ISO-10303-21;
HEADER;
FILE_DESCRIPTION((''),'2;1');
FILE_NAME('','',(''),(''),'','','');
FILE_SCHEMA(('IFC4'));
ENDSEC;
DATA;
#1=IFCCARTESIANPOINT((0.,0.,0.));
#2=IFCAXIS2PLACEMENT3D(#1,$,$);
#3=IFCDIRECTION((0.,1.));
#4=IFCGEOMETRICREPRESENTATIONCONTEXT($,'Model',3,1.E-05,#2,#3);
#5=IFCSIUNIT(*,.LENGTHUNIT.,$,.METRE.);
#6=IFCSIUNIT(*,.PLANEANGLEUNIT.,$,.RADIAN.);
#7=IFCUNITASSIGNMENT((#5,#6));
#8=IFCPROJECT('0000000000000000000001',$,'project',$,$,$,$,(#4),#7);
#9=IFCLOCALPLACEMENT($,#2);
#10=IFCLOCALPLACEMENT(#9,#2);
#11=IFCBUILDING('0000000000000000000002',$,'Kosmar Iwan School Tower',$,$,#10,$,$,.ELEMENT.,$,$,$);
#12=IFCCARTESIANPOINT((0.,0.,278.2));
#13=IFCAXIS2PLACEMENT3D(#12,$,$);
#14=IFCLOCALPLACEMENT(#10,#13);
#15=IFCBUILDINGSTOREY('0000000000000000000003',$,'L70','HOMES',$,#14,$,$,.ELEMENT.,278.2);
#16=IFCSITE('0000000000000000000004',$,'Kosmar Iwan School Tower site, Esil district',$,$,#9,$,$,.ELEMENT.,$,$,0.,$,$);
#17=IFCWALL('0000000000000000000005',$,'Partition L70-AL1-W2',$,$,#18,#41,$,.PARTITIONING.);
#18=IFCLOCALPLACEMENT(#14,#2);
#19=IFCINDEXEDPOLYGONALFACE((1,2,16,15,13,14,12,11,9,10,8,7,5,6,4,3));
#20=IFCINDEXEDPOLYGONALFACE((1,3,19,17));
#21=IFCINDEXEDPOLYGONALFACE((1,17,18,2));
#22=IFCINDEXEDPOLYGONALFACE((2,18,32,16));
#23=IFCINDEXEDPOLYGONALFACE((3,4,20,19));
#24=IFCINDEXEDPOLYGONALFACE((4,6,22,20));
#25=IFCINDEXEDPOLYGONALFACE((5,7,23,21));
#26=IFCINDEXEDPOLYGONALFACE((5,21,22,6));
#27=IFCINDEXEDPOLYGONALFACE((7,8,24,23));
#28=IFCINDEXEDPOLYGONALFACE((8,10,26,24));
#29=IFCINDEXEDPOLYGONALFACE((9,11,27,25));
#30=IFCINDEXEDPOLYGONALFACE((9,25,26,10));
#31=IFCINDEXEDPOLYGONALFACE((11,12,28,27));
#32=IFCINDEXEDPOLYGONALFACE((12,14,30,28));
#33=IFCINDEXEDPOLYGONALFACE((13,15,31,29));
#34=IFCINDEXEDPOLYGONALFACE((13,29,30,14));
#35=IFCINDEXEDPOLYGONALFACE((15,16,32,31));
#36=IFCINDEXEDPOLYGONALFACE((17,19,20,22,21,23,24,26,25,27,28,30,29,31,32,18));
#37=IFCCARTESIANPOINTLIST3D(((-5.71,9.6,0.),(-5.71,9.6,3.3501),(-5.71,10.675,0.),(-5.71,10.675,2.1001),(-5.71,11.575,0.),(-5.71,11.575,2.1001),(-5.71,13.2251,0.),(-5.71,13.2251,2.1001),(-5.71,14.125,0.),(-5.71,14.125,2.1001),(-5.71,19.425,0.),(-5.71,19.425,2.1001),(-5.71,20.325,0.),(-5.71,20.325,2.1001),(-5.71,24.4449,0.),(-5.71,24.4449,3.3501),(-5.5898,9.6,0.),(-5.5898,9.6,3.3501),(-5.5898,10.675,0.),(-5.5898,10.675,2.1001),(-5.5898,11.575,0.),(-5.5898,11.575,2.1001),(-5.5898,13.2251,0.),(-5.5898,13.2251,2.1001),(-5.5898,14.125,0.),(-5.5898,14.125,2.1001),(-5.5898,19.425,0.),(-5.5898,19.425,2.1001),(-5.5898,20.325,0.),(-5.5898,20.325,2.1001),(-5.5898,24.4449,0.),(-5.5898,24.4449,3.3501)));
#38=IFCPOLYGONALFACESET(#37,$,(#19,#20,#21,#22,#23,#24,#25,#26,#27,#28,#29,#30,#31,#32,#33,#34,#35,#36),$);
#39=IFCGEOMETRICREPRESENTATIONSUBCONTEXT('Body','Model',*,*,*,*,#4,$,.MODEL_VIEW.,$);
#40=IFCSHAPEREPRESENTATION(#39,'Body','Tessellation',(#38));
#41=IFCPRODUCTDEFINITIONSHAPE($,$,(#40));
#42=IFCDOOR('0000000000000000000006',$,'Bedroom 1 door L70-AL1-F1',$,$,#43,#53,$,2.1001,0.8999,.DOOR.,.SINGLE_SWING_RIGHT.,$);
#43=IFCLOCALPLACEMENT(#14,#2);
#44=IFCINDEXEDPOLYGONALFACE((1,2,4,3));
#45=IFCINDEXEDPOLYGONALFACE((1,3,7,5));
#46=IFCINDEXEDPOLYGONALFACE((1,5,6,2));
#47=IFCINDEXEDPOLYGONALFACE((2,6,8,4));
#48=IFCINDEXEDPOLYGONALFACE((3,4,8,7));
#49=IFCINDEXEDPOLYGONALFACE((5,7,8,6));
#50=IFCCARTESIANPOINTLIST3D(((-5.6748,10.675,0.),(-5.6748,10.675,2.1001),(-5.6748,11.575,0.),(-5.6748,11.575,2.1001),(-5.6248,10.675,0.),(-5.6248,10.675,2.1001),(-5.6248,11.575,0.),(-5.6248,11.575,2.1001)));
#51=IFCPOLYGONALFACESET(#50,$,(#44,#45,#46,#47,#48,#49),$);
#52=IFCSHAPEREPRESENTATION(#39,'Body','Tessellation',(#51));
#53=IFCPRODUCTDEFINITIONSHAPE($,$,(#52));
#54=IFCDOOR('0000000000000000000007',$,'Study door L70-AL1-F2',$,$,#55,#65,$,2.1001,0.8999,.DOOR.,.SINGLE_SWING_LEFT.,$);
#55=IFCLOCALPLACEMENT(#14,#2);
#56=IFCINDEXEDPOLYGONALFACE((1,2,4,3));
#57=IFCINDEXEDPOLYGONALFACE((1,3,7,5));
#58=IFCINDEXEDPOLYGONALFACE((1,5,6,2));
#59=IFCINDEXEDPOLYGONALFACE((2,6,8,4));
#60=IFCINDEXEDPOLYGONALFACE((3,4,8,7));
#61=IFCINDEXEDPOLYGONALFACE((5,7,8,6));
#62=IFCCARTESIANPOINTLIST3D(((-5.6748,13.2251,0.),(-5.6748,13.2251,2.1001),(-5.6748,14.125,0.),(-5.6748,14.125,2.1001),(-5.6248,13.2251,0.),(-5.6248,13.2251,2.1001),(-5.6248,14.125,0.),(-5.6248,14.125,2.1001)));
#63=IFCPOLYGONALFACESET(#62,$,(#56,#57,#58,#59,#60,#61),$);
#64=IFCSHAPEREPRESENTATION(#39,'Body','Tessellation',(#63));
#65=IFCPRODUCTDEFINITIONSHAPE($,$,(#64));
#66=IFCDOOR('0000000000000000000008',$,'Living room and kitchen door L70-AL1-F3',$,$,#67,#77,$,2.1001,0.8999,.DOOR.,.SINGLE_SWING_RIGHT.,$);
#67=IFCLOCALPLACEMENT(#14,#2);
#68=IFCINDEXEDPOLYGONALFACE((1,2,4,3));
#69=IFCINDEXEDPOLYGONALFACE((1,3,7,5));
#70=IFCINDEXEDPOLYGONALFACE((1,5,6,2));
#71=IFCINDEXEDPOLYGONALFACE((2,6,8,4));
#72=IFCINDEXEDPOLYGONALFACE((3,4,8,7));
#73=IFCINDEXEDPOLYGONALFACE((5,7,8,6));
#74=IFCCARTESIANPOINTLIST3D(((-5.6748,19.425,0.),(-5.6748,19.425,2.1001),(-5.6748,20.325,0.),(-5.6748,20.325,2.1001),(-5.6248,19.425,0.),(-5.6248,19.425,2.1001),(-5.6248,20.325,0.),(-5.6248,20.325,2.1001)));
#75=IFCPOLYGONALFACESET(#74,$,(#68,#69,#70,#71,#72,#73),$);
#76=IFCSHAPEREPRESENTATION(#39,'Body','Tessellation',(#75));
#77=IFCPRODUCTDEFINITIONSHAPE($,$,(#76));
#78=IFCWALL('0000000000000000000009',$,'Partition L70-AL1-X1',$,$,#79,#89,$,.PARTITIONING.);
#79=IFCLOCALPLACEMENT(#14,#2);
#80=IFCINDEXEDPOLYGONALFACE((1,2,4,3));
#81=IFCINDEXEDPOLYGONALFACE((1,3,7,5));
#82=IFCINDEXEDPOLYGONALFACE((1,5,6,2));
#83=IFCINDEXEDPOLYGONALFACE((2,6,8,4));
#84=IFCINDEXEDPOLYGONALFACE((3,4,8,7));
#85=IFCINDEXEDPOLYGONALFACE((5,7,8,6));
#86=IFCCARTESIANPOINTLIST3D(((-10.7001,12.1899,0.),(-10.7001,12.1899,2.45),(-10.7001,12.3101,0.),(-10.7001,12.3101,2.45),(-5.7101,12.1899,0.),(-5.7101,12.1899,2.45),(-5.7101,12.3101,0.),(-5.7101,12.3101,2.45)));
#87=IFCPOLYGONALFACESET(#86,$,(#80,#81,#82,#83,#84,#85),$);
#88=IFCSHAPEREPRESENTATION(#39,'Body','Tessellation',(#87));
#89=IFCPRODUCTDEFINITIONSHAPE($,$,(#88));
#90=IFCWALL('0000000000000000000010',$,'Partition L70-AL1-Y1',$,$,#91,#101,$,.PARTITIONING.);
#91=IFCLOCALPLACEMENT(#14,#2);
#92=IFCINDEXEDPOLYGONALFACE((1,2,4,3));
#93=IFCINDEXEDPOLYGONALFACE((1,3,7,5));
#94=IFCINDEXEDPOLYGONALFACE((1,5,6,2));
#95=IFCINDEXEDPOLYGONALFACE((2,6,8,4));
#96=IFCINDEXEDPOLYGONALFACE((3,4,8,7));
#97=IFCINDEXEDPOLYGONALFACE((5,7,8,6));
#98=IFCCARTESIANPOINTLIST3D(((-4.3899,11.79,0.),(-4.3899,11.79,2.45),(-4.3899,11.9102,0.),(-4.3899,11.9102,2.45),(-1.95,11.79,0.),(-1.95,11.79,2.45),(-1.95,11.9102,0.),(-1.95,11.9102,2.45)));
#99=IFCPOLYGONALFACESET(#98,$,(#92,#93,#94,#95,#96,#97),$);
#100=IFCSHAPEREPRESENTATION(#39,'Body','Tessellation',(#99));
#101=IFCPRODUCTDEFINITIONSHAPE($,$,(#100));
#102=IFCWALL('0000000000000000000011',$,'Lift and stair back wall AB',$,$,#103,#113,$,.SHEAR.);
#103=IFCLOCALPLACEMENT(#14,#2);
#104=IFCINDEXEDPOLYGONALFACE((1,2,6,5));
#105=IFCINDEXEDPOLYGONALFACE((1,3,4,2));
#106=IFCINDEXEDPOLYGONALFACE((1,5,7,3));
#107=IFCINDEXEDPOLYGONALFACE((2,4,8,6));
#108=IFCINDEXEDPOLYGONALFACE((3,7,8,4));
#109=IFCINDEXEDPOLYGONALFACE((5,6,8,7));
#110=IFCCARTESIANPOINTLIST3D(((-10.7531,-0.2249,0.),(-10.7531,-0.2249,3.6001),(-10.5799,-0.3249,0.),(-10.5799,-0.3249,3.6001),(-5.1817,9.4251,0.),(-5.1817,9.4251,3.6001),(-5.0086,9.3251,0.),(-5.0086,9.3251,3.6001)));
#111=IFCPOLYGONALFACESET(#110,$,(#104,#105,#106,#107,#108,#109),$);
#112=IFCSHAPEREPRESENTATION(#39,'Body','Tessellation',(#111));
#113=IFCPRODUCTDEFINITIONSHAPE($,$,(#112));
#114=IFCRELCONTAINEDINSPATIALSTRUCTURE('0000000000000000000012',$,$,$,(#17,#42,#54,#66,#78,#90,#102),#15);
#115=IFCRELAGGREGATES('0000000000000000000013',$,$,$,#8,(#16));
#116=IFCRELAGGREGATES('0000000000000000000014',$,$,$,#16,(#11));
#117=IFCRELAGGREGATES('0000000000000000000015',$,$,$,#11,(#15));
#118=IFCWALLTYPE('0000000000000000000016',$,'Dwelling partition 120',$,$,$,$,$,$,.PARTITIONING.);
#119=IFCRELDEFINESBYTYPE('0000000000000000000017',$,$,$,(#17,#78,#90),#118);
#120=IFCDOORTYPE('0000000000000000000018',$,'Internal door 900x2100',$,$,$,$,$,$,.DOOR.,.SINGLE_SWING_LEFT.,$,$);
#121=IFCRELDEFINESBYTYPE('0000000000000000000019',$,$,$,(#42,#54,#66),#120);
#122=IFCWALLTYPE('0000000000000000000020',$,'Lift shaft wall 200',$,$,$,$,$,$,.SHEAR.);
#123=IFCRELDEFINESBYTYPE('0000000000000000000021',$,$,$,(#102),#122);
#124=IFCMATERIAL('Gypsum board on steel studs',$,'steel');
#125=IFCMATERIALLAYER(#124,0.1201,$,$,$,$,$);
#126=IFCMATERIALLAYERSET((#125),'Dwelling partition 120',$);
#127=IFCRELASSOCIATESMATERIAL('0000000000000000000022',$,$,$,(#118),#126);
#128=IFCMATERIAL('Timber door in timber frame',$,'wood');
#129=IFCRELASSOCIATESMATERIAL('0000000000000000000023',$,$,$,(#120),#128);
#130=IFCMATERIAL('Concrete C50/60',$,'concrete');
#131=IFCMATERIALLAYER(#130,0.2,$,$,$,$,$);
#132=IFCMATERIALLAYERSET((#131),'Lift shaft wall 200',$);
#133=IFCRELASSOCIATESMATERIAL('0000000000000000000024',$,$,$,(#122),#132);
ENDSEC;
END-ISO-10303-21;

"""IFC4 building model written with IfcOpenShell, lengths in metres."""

from ifc_helpers import new_model, si_unit, direction, frame, frame_2d, origin, place, context, subcontext, project, spatial, rectangle, extrude, material, layer, layer_set, type_object, element, fill, save


model = new_model("IFC4")

# Units and contexts
model_context = context("Model", 3, precision=1e-05, world=origin(), true_north=direction((0.0, 1.0)))
body_context = subcontext(model_context, "Body", "Model", "MODEL_VIEW")
ifc_project = project(units=[si_unit("LENGTHUNIT", "METRE"), si_unit("PLANEANGLEUNIT", "RADIAN")], contexts=[model_context])

# Site, building, storey
site_placement = place(None, origin())
site = spatial("IfcSite", under=ifc_project, at=site_placement, Name="Kosmar Iwan School Tower site, Esil district", CompositionType="ELEMENT", RefElevation=0.0)
building_placement = place(site_placement, origin())
building = spatial("IfcBuilding", under=site, at=building_placement, Name="Kosmar Iwan School Tower", CompositionType="ELEMENT")
storey_placement = place(building_placement, frame((0.0, 0.0, 278.2)))
storey = spatial("IfcBuildingStorey", under=building, at=storey_placement, Name="L70", Description="HOMES", CompositionType="ELEMENT", Elevation=278.2)

# Wall, openings, doors
ifc_material_1 = material(Name="Gypsum board on steel studs", Category="steel")
ifc_layer_1 = layer(ifc_material_1, 0.1201)
ifc_layer_set_1 = layer_set([ifc_layer_1], Name="Dwelling partition 120")
wall_type_1 = type_object("IfcWallType", Name="Dwelling partition 120", PredefinedType="PARTITIONING", material=ifc_layer_set_1)
ifc_material_2 = material(Name="Timber door in timber frame", Category="wood")
door_type_1 = type_object("IfcDoorType", Name="Internal door 900x2100", OperationType="SINGLE_SWING_LEFT", PredefinedType="DOOR", material=ifc_material_2)
wall_1_placement = place(storey_placement, frame((-5.6499, 9.6001, 0.0), z_axis=(0.0, 0.0, 1.0), x_axis=(0.0, 1.0, 0.0)))
wall_1 = element("IfcWall", 1, at=wall_1_placement, inside=storey, type_object=wall_type_1, Name="Partition L70-AL1-W2", PredefinedType="PARTITIONING", context=body_context, shape_type="SweptSolid", body=[
    extrude(rectangle(XDim=14.845, YDim=0.1201, at=frame_2d((7.4224, 0.0))), origin(), (0.0, 0.0, 1.0), 3.3501),
])
opening_1_placement = place(wall_1_placement, frame((1.075, 0.0, 0.0)))
opening_1 = element("IfcOpeningElement", 2, at=opening_1_placement, cuts=wall_1, PredefinedType="OPENING", context=body_context, shape_type="SweptSolid", body=[
    extrude(rectangle(XDim=0.8999, YDim=2.1001, at=frame_2d((0.45, 1.05))), frame((0.0, 0.072, 0.0), z_axis=(0.0, -1.0, 0.0), x_axis=(1.0, 0.0, 0.0)), (0.0, 0.0, 1.0), 0.144),
])
opening_2_placement = place(wall_1_placement, frame((3.625, 0.0, 0.0)))
opening_2 = element("IfcOpeningElement", 3, at=opening_2_placement, cuts=wall_1, PredefinedType="OPENING", context=body_context, shape_type="SweptSolid", body=[
    extrude(rectangle(XDim=0.8999, YDim=2.1001, at=frame_2d((0.45, 1.05))), frame((0.0, 0.072, 0.0), z_axis=(0.0, -1.0, 0.0), x_axis=(1.0, 0.0, 0.0)), (0.0, 0.0, 1.0), 0.144),
])
opening_3_placement = place(wall_1_placement, frame((9.825, 0.0, 0.0)))
opening_3 = element("IfcOpeningElement", 4, at=opening_3_placement, cuts=wall_1, PredefinedType="OPENING", context=body_context, shape_type="SweptSolid", body=[
    extrude(rectangle(XDim=0.8999, YDim=2.1001, at=frame_2d((0.45, 1.05))), frame((0.0, 0.072, 0.0), z_axis=(0.0, -1.0, 0.0), x_axis=(1.0, 0.0, 0.0)), (0.0, 0.0, 1.0), 0.144),
])
door_1_placement = place(opening_1_placement, origin())
door_1 = element("IfcDoor", 5, at=door_1_placement, inside=storey, type_object=door_type_1, Name="Bedroom 1 door L70-AL1-F1", OperationType="SINGLE_SWING_RIGHT", OverallHeight=2.1001, OverallWidth=0.8999, PredefinedType="DOOR", context=body_context, shape_type="SweptSolid", body=[
    extrude(rectangle(XDim=0.8999, YDim=2.1001, at=frame_2d((0.45, 1.05))), frame((0.0, 0.0249, 0.0), z_axis=(0.0, -1.0, 0.0), x_axis=(1.0, 0.0, 0.0)), (0.0, 0.0, 1.0), 0.05),
])
fill(opening_1, door_1)
door_2_placement = place(opening_2_placement, origin())
door_2 = element("IfcDoor", 6, at=door_2_placement, inside=storey, type_object=door_type_1, Name="Study door L70-AL1-F2", OperationType="SINGLE_SWING_LEFT", OverallHeight=2.1001, OverallWidth=0.8999, PredefinedType="DOOR", context=body_context, shape_type="SweptSolid", body=[
    extrude(rectangle(XDim=0.8999, YDim=2.1001, at=frame_2d((0.45, 1.05))), frame((0.0, 0.0249, 0.0), z_axis=(0.0, -1.0, 0.0), x_axis=(1.0, 0.0, 0.0)), (0.0, 0.0, 1.0), 0.05),
])
fill(opening_2, door_2)
door_3_placement = place(opening_3_placement, origin())
door_3 = element("IfcDoor", 7, at=door_3_placement, inside=storey, type_object=door_type_1, Name="Living room and kitchen door L70-AL1-F3", OperationType="SINGLE_SWING_RIGHT", OverallHeight=2.1001, OverallWidth=0.8999, PredefinedType="DOOR", context=body_context, shape_type="SweptSolid", body=[
    extrude(rectangle(XDim=0.8999, YDim=2.1001, at=frame_2d((0.45, 1.05))), frame((0.0, 0.0249, 0.0), z_axis=(0.0, -1.0, 0.0), x_axis=(1.0, 0.0, 0.0)), (0.0, 0.0, 1.0), 0.05),
])
fill(opening_3, door_3)

# Walls
wall_2_placement = place(storey_placement, frame((-5.71, 12.25, 0.0), z_axis=(0.0, 0.0, 1.0), x_axis=(-1.0, 0.0, 0.0)))
element("IfcWall", 8, at=wall_2_placement, inside=storey, type_object=wall_type_1, Name="Partition L70-AL1-X1", PredefinedType="PARTITIONING", context=body_context, shape_type="SweptSolid", body=[
    extrude(rectangle(XDim=4.99, YDim=0.1201, at=frame_2d((2.4951, 0.0))), origin(), (0.0, 0.0, 1.0), 2.45),
])
wall_3_placement = place(storey_placement, frame((-1.95, 11.8501, 0.0), z_axis=(0.0, 0.0, 1.0), x_axis=(-1.0, 0.0, 0.0)))
element("IfcWall", 9, at=wall_3_placement, inside=storey, type_object=wall_type_1, Name="Partition L70-AL1-Y1", PredefinedType="PARTITIONING", context=body_context, shape_type="SweptSolid", body=[
    extrude(rectangle(XDim=2.4399, YDim=0.1201, at=frame_2d((1.22, 0.0))), origin(), (0.0, 0.0, 1.0), 2.45),
])
ifc_material_3 = material(Name="Concrete C50/60", Category="concrete")
ifc_layer_2 = layer(ifc_material_3, 0.2)
ifc_layer_set_2 = layer_set([ifc_layer_2], Name="Lift shaft wall 200")
wall_type_2 = type_object("IfcWallType", Name="Lift shaft wall 200", PredefinedType="SHEAR", material=ifc_layer_set_2)
wall_4_placement = place(storey_placement, frame((-5.0952, 9.375, 0.0), z_axis=(0.0, 0.0, 1.0), x_axis=(-0.499994, -0.866029, 0.0)))
element("IfcWall", 10, at=wall_4_placement, inside=storey, type_object=wall_type_2, Name="Lift and stair back wall AB", PredefinedType="SHEAR", context=body_context, shape_type="SweptSolid", body=[
    extrude(rectangle(XDim=11.1428, YDim=0.2, at=frame_2d((5.5713, 0.0))), origin(), (0.0, 0.0, 1.0), 3.6001),
])

save(model, "model.ifc")
